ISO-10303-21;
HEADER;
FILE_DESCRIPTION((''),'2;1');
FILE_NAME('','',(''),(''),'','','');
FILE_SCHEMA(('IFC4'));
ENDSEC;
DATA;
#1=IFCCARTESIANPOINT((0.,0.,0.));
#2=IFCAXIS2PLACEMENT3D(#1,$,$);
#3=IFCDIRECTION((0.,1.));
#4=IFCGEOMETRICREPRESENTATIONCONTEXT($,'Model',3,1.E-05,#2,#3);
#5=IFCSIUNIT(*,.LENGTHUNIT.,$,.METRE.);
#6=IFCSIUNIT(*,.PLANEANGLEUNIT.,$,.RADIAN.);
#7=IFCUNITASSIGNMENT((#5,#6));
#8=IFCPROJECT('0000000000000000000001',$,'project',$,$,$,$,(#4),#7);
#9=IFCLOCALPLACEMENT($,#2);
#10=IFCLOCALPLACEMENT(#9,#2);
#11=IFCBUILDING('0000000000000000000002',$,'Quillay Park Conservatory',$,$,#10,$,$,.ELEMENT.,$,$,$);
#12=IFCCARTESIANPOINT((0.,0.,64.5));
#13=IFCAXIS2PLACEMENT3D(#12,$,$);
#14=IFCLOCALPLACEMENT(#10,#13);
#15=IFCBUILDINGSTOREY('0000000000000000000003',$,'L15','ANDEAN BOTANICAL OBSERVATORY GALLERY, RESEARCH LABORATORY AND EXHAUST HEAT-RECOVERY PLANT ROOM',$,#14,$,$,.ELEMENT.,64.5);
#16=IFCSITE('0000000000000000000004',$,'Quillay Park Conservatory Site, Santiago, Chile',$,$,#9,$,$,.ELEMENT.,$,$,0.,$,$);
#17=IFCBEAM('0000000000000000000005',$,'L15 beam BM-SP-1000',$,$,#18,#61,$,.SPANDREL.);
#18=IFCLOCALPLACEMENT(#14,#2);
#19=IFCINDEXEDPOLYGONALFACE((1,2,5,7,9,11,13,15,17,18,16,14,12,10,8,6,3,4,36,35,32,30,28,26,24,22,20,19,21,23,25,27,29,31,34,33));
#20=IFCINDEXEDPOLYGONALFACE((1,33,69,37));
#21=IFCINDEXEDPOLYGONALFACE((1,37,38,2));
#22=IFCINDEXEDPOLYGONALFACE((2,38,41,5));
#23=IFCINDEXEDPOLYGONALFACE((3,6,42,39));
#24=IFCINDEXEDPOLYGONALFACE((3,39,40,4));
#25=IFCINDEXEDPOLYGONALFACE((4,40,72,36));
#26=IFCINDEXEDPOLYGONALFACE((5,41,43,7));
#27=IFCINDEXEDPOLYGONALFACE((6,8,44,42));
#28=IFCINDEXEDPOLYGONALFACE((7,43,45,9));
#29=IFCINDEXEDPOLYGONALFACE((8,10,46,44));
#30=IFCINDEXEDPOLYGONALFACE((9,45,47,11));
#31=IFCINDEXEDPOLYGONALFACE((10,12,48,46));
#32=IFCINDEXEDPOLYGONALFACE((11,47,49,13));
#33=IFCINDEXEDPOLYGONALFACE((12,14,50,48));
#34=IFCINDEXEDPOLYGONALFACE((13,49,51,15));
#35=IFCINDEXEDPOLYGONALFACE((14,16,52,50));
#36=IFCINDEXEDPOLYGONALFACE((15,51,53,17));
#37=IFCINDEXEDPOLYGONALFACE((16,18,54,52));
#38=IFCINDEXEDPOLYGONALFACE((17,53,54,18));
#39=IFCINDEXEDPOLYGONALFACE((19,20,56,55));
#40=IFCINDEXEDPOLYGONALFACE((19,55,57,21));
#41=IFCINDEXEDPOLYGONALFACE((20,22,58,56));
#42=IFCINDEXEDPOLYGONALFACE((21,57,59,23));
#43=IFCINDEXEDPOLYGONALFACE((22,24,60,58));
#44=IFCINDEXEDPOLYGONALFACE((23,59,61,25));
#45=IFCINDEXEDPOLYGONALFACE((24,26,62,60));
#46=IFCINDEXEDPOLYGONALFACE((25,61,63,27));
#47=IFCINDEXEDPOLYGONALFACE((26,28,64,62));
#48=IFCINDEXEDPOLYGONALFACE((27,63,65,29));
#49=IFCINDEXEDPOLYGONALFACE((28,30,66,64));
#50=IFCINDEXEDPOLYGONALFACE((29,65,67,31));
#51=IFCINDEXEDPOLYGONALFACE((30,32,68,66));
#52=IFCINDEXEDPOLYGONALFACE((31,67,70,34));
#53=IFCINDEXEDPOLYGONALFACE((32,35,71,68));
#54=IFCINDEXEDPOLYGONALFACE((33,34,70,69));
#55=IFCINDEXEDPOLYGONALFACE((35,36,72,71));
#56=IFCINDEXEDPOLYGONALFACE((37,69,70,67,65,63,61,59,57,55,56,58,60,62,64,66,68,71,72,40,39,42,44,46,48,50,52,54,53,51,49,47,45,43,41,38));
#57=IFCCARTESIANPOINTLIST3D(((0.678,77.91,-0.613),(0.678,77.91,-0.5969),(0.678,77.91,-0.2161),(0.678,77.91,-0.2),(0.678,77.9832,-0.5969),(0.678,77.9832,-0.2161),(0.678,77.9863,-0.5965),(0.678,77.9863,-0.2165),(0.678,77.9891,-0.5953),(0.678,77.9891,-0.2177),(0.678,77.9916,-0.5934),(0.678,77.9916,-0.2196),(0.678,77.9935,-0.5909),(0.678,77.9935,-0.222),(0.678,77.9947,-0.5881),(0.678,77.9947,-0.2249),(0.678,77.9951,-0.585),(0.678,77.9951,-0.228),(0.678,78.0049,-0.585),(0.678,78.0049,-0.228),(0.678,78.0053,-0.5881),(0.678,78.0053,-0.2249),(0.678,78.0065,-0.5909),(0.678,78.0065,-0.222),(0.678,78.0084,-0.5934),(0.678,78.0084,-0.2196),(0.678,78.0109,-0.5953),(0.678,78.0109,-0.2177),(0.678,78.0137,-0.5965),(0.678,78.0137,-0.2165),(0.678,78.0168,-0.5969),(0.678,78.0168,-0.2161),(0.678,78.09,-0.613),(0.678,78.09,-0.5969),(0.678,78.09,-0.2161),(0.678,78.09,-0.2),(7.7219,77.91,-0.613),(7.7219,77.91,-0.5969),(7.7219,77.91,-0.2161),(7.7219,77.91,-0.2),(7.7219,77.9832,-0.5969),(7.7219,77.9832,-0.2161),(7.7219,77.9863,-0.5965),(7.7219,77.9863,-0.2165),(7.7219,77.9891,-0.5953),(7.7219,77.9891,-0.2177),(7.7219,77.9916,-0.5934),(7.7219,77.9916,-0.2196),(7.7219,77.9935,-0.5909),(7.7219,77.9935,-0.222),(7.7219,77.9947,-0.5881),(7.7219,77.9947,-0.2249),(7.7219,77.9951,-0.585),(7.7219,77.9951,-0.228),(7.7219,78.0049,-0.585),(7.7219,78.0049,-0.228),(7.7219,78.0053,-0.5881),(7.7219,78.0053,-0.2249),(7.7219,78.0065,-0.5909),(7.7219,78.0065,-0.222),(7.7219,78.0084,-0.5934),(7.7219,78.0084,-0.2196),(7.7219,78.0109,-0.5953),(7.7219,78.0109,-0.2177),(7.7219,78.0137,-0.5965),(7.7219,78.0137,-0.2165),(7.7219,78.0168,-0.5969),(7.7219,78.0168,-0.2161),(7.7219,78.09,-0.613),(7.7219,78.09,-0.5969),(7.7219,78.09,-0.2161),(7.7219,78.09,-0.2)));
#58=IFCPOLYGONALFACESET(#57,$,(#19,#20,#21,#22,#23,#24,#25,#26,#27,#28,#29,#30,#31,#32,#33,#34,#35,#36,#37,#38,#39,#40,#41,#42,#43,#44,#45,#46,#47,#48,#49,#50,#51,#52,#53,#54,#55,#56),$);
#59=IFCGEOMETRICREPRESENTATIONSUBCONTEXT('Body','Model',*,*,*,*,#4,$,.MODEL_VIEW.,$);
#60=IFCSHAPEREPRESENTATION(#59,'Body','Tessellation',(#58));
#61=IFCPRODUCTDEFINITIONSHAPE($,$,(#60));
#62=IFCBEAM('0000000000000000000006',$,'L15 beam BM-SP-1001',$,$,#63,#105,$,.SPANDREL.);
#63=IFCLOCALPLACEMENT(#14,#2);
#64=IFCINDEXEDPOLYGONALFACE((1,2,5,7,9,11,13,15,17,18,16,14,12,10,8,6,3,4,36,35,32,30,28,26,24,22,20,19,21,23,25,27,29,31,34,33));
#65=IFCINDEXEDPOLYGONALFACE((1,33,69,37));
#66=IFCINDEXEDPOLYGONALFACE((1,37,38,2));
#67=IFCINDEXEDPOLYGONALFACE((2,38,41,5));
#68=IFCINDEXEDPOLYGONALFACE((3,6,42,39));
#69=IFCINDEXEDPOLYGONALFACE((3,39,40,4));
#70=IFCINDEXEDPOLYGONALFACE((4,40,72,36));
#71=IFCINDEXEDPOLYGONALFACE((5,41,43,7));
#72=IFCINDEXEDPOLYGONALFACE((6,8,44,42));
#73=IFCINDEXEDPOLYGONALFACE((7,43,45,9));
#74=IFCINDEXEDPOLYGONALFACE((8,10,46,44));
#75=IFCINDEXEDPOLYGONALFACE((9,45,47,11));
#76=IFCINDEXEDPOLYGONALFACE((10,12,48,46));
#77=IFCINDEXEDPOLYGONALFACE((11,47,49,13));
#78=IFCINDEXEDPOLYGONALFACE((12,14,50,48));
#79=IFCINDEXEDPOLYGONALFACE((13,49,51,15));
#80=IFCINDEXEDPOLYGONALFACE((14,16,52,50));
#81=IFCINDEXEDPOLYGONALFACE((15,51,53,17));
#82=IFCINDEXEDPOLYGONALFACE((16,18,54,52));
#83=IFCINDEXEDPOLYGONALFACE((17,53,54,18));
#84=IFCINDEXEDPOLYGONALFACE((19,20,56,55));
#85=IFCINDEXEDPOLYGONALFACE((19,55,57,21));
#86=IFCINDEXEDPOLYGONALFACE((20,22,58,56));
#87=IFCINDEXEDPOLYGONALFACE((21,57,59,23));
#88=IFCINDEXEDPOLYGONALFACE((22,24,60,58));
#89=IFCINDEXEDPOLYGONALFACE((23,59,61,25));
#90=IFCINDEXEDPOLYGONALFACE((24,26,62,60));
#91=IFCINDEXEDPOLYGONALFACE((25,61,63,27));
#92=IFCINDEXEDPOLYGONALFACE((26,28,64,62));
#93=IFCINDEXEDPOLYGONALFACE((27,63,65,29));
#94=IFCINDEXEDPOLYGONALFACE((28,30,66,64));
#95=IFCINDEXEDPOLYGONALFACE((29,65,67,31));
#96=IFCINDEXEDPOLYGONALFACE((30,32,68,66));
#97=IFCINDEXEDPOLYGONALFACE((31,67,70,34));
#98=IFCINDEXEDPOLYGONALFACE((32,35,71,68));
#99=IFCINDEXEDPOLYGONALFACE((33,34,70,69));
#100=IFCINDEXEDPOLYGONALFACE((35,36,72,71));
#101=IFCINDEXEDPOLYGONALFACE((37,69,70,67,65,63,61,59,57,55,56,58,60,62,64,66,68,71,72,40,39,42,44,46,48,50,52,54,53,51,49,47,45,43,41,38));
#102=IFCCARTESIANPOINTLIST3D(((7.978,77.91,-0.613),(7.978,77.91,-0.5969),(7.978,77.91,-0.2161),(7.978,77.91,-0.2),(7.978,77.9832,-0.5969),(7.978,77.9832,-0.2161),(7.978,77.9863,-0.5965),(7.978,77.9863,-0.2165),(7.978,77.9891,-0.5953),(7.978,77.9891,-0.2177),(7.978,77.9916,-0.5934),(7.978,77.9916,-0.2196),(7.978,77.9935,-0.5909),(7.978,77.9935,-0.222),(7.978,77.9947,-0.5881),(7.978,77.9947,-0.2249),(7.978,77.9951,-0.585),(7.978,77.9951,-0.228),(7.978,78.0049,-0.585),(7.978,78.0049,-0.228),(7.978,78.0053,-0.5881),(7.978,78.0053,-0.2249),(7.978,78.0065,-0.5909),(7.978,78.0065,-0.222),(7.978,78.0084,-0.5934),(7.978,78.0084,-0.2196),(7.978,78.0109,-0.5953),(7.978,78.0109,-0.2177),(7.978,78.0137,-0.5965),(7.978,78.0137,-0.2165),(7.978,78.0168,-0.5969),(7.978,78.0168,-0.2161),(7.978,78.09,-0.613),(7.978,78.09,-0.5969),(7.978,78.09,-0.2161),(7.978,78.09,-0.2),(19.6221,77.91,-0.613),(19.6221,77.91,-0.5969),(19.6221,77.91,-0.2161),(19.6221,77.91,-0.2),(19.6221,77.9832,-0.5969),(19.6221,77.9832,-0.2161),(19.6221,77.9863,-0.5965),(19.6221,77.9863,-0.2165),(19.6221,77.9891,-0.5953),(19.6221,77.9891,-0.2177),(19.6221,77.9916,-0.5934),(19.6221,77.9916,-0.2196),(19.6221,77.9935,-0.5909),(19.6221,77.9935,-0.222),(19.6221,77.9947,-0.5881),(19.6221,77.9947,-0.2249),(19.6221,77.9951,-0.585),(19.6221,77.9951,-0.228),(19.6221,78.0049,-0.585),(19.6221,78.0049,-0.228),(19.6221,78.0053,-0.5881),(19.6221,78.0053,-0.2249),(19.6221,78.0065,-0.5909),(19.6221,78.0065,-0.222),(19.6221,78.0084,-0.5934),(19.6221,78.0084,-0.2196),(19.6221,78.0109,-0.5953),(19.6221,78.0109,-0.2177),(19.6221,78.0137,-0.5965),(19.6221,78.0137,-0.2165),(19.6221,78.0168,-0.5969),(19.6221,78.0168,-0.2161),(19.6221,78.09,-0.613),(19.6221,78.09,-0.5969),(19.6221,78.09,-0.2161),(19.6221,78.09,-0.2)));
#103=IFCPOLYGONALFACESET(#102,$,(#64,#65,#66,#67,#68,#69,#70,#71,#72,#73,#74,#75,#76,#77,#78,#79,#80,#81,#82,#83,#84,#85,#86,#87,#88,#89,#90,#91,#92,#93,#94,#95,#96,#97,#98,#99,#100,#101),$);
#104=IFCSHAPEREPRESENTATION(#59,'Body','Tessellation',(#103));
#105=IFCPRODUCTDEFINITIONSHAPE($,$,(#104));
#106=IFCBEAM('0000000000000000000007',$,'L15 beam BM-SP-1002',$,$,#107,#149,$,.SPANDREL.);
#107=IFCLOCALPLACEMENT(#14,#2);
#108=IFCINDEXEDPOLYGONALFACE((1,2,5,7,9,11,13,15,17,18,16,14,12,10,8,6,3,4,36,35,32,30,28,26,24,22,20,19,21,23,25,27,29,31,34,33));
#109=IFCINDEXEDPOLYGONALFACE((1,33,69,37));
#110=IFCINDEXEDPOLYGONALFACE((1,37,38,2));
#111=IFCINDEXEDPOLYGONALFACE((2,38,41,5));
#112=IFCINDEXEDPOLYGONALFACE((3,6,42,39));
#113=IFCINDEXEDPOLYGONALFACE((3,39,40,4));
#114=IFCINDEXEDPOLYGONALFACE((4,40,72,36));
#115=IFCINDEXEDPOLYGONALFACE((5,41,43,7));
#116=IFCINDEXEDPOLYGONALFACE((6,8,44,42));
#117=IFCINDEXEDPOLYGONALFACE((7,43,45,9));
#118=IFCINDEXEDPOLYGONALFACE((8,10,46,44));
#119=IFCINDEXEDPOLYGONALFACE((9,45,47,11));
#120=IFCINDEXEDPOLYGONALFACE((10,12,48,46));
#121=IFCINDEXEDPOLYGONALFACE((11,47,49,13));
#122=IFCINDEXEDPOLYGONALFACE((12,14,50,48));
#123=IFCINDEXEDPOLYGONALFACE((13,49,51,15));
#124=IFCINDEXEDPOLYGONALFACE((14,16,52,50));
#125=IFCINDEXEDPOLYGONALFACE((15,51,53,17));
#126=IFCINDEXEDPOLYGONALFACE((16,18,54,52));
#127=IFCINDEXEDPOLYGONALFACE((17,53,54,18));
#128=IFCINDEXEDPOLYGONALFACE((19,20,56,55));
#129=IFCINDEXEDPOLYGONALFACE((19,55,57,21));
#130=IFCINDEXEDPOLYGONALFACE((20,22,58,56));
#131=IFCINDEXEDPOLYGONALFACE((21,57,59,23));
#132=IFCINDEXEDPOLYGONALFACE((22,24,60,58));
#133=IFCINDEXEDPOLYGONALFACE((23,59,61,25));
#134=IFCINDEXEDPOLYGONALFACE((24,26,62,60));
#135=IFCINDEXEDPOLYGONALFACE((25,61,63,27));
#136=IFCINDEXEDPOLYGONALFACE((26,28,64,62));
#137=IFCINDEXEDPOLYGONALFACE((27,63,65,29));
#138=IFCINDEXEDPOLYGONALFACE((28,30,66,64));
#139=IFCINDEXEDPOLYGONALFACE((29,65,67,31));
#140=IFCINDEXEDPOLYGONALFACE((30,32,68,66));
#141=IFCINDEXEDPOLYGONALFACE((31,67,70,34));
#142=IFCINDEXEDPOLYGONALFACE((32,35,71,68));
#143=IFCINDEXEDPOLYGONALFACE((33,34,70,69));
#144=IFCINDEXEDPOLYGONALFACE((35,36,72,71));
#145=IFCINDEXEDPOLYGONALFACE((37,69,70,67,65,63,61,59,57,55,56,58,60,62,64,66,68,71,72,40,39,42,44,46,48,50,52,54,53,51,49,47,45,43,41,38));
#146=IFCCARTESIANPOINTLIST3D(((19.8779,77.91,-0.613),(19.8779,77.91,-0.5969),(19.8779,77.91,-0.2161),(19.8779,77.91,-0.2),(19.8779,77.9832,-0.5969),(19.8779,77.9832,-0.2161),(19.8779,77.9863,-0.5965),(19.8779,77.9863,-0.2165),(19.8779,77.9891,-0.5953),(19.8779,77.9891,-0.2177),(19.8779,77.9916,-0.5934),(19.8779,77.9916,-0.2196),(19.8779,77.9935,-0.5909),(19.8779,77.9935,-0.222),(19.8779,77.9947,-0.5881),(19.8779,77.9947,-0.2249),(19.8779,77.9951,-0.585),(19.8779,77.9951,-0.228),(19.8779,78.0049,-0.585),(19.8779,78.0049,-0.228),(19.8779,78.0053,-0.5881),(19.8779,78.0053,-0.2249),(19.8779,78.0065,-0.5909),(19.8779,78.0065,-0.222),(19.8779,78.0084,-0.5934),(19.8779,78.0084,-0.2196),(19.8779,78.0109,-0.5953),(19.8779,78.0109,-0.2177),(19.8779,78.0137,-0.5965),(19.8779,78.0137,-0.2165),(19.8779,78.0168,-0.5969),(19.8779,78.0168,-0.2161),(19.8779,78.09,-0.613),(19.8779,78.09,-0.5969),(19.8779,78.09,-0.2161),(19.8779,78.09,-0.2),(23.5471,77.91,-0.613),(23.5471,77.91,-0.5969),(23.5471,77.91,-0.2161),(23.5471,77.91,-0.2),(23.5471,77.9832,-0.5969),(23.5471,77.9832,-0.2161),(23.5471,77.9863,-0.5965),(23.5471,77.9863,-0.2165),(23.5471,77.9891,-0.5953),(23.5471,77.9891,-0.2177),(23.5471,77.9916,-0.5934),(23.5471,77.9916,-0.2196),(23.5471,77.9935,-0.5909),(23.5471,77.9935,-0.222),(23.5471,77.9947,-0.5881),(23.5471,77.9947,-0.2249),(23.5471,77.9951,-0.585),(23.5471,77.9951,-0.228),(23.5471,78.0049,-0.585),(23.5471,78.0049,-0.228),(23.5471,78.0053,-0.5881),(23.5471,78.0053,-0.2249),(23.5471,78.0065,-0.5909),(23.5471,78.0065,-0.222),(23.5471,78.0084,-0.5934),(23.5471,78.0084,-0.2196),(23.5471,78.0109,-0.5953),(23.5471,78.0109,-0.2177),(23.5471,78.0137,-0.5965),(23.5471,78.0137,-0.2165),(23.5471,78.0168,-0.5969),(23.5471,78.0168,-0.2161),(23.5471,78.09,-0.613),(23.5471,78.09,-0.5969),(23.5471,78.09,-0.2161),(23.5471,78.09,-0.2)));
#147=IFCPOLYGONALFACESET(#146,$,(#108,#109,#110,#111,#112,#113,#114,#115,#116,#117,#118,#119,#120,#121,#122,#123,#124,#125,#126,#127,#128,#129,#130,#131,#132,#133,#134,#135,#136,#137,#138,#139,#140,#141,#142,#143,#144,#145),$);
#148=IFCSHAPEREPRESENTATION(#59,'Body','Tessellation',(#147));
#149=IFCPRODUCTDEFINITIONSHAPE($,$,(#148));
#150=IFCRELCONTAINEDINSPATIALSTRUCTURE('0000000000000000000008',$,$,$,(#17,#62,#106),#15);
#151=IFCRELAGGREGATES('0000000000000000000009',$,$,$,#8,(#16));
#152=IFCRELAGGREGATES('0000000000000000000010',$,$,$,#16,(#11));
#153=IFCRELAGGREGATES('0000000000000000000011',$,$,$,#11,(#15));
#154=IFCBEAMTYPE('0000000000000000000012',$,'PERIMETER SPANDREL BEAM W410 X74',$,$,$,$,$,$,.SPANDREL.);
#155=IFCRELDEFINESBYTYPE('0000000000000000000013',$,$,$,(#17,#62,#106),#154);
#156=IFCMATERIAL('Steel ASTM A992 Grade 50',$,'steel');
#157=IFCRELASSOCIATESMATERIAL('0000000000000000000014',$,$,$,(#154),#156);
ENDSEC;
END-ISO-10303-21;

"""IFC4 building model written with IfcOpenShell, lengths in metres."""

from ifc_helpers import new_model, si_unit, direction, frame, origin, origin_2d, place, context, subcontext, project, spatial, i_section, extrude, material, material_profile, profile_set, type_object, element, save


model = new_model("IFC4")

# Units and contexts
model_context = context("Model", 3, precision=1e-05, world=origin(), true_north=direction((0.0, 1.0)))
body_context = subcontext(model_context, "Body", "Model", "MODEL_VIEW")
ifc_project = project(units=[si_unit("LENGTHUNIT", "METRE"), si_unit("PLANEANGLEUNIT", "RADIAN")], contexts=[model_context])

# Site, building, storey
site_placement = place(None, origin())
site = spatial("IfcSite", under=ifc_project, at=site_placement, Name="Quillay Park Conservatory Site, Santiago, Chile", CompositionType="ELEMENT", RefElevation=0.0)
building_placement = place(site_placement, origin())
building = spatial("IfcBuilding", under=site, at=building_placement, Name="Quillay Park Conservatory", CompositionType="ELEMENT")
storey_placement = place(building_placement, frame((0.0, 0.0, 64.5)))
storey = spatial("IfcBuildingStorey", under=building, at=storey_placement, Name="L15", Description="ANDEAN BOTANICAL OBSERVATORY GALLERY, RESEARCH LABORATORY AND EXHAUST HEAT-RECOVERY PLANT ROOM", CompositionType="ELEMENT", Elevation=64.5)

# Beams
ifc_material_1 = material(Name="Steel ASTM A992 Grade 50", Category="steel")
ifc_material_profile_1 = material_profile(ifc_material_1, i_section(OverallWidth=0.1799, OverallDepth=0.4131, WebThickness=0.0098, FlangeThickness=0.0161, FilletRadius=0.012, at=origin_2d()), Name="W410x74")
ifc_profile_set_1 = profile_set([ifc_material_profile_1], Name="Steel ASTM A992 Grade 50")
beam_type = type_object("IfcBeamType", Name="PERIMETER SPANDREL BEAM W410 X74", PredefinedType="SPANDREL", material=ifc_profile_set_1)
beam_1_placement = place(storey_placement, frame((0.678, 78.0, -0.4065), z_axis=(1.0, 0.0, 0.0), x_axis=(0.0, 1.0, 0.0)))
element("IfcBeam", 1, at=beam_1_placement, inside=storey, type_object=beam_type, Name="L15 beam BM-SP-1000", PredefinedType="SPANDREL", context=body_context, shape_type="SweptSolid", body=[
    extrude(i_section(OverallWidth=0.1799, OverallDepth=0.4131, WebThickness=0.0098, FlangeThickness=0.0161, FilletRadius=0.012, at=origin_2d()), origin(), (0.0, 0.0, 1.0), 7.0439),
])
beam_2_placement = place(storey_placement, frame((7.978, 78.0, -0.4065), z_axis=(1.0, 0.0, 0.0), x_axis=(0.0, 1.0, 0.0)))
element("IfcBeam", 2, at=beam_2_placement, inside=storey, type_object=beam_type, Name="L15 beam BM-SP-1001", PredefinedType="SPANDREL", context=body_context, shape_type="SweptSolid", body=[
    extrude(i_section(OverallWidth=0.1799, OverallDepth=0.4131, WebThickness=0.0098, FlangeThickness=0.0161, FilletRadius=0.012, at=origin_2d()), origin(), (0.0, 0.0, 1.0), 11.644),
])
beam_3_placement = place(storey_placement, frame((19.8779, 78.0, -0.4065), z_axis=(1.0, 0.0, 0.0), x_axis=(0.0, 1.0, 0.0)))
element("IfcBeam", 3, at=beam_3_placement, inside=storey, type_object=beam_type, Name="L15 beam BM-SP-1002", PredefinedType="SPANDREL", context=body_context, shape_type="SweptSolid", body=[
    extrude(i_section(OverallWidth=0.1799, OverallDepth=0.4131, WebThickness=0.0098, FlangeThickness=0.0161, FilletRadius=0.012, at=origin_2d()), origin(), (0.0, 0.0, 1.0), 3.6692),
])

save(model, "model.ifc")
